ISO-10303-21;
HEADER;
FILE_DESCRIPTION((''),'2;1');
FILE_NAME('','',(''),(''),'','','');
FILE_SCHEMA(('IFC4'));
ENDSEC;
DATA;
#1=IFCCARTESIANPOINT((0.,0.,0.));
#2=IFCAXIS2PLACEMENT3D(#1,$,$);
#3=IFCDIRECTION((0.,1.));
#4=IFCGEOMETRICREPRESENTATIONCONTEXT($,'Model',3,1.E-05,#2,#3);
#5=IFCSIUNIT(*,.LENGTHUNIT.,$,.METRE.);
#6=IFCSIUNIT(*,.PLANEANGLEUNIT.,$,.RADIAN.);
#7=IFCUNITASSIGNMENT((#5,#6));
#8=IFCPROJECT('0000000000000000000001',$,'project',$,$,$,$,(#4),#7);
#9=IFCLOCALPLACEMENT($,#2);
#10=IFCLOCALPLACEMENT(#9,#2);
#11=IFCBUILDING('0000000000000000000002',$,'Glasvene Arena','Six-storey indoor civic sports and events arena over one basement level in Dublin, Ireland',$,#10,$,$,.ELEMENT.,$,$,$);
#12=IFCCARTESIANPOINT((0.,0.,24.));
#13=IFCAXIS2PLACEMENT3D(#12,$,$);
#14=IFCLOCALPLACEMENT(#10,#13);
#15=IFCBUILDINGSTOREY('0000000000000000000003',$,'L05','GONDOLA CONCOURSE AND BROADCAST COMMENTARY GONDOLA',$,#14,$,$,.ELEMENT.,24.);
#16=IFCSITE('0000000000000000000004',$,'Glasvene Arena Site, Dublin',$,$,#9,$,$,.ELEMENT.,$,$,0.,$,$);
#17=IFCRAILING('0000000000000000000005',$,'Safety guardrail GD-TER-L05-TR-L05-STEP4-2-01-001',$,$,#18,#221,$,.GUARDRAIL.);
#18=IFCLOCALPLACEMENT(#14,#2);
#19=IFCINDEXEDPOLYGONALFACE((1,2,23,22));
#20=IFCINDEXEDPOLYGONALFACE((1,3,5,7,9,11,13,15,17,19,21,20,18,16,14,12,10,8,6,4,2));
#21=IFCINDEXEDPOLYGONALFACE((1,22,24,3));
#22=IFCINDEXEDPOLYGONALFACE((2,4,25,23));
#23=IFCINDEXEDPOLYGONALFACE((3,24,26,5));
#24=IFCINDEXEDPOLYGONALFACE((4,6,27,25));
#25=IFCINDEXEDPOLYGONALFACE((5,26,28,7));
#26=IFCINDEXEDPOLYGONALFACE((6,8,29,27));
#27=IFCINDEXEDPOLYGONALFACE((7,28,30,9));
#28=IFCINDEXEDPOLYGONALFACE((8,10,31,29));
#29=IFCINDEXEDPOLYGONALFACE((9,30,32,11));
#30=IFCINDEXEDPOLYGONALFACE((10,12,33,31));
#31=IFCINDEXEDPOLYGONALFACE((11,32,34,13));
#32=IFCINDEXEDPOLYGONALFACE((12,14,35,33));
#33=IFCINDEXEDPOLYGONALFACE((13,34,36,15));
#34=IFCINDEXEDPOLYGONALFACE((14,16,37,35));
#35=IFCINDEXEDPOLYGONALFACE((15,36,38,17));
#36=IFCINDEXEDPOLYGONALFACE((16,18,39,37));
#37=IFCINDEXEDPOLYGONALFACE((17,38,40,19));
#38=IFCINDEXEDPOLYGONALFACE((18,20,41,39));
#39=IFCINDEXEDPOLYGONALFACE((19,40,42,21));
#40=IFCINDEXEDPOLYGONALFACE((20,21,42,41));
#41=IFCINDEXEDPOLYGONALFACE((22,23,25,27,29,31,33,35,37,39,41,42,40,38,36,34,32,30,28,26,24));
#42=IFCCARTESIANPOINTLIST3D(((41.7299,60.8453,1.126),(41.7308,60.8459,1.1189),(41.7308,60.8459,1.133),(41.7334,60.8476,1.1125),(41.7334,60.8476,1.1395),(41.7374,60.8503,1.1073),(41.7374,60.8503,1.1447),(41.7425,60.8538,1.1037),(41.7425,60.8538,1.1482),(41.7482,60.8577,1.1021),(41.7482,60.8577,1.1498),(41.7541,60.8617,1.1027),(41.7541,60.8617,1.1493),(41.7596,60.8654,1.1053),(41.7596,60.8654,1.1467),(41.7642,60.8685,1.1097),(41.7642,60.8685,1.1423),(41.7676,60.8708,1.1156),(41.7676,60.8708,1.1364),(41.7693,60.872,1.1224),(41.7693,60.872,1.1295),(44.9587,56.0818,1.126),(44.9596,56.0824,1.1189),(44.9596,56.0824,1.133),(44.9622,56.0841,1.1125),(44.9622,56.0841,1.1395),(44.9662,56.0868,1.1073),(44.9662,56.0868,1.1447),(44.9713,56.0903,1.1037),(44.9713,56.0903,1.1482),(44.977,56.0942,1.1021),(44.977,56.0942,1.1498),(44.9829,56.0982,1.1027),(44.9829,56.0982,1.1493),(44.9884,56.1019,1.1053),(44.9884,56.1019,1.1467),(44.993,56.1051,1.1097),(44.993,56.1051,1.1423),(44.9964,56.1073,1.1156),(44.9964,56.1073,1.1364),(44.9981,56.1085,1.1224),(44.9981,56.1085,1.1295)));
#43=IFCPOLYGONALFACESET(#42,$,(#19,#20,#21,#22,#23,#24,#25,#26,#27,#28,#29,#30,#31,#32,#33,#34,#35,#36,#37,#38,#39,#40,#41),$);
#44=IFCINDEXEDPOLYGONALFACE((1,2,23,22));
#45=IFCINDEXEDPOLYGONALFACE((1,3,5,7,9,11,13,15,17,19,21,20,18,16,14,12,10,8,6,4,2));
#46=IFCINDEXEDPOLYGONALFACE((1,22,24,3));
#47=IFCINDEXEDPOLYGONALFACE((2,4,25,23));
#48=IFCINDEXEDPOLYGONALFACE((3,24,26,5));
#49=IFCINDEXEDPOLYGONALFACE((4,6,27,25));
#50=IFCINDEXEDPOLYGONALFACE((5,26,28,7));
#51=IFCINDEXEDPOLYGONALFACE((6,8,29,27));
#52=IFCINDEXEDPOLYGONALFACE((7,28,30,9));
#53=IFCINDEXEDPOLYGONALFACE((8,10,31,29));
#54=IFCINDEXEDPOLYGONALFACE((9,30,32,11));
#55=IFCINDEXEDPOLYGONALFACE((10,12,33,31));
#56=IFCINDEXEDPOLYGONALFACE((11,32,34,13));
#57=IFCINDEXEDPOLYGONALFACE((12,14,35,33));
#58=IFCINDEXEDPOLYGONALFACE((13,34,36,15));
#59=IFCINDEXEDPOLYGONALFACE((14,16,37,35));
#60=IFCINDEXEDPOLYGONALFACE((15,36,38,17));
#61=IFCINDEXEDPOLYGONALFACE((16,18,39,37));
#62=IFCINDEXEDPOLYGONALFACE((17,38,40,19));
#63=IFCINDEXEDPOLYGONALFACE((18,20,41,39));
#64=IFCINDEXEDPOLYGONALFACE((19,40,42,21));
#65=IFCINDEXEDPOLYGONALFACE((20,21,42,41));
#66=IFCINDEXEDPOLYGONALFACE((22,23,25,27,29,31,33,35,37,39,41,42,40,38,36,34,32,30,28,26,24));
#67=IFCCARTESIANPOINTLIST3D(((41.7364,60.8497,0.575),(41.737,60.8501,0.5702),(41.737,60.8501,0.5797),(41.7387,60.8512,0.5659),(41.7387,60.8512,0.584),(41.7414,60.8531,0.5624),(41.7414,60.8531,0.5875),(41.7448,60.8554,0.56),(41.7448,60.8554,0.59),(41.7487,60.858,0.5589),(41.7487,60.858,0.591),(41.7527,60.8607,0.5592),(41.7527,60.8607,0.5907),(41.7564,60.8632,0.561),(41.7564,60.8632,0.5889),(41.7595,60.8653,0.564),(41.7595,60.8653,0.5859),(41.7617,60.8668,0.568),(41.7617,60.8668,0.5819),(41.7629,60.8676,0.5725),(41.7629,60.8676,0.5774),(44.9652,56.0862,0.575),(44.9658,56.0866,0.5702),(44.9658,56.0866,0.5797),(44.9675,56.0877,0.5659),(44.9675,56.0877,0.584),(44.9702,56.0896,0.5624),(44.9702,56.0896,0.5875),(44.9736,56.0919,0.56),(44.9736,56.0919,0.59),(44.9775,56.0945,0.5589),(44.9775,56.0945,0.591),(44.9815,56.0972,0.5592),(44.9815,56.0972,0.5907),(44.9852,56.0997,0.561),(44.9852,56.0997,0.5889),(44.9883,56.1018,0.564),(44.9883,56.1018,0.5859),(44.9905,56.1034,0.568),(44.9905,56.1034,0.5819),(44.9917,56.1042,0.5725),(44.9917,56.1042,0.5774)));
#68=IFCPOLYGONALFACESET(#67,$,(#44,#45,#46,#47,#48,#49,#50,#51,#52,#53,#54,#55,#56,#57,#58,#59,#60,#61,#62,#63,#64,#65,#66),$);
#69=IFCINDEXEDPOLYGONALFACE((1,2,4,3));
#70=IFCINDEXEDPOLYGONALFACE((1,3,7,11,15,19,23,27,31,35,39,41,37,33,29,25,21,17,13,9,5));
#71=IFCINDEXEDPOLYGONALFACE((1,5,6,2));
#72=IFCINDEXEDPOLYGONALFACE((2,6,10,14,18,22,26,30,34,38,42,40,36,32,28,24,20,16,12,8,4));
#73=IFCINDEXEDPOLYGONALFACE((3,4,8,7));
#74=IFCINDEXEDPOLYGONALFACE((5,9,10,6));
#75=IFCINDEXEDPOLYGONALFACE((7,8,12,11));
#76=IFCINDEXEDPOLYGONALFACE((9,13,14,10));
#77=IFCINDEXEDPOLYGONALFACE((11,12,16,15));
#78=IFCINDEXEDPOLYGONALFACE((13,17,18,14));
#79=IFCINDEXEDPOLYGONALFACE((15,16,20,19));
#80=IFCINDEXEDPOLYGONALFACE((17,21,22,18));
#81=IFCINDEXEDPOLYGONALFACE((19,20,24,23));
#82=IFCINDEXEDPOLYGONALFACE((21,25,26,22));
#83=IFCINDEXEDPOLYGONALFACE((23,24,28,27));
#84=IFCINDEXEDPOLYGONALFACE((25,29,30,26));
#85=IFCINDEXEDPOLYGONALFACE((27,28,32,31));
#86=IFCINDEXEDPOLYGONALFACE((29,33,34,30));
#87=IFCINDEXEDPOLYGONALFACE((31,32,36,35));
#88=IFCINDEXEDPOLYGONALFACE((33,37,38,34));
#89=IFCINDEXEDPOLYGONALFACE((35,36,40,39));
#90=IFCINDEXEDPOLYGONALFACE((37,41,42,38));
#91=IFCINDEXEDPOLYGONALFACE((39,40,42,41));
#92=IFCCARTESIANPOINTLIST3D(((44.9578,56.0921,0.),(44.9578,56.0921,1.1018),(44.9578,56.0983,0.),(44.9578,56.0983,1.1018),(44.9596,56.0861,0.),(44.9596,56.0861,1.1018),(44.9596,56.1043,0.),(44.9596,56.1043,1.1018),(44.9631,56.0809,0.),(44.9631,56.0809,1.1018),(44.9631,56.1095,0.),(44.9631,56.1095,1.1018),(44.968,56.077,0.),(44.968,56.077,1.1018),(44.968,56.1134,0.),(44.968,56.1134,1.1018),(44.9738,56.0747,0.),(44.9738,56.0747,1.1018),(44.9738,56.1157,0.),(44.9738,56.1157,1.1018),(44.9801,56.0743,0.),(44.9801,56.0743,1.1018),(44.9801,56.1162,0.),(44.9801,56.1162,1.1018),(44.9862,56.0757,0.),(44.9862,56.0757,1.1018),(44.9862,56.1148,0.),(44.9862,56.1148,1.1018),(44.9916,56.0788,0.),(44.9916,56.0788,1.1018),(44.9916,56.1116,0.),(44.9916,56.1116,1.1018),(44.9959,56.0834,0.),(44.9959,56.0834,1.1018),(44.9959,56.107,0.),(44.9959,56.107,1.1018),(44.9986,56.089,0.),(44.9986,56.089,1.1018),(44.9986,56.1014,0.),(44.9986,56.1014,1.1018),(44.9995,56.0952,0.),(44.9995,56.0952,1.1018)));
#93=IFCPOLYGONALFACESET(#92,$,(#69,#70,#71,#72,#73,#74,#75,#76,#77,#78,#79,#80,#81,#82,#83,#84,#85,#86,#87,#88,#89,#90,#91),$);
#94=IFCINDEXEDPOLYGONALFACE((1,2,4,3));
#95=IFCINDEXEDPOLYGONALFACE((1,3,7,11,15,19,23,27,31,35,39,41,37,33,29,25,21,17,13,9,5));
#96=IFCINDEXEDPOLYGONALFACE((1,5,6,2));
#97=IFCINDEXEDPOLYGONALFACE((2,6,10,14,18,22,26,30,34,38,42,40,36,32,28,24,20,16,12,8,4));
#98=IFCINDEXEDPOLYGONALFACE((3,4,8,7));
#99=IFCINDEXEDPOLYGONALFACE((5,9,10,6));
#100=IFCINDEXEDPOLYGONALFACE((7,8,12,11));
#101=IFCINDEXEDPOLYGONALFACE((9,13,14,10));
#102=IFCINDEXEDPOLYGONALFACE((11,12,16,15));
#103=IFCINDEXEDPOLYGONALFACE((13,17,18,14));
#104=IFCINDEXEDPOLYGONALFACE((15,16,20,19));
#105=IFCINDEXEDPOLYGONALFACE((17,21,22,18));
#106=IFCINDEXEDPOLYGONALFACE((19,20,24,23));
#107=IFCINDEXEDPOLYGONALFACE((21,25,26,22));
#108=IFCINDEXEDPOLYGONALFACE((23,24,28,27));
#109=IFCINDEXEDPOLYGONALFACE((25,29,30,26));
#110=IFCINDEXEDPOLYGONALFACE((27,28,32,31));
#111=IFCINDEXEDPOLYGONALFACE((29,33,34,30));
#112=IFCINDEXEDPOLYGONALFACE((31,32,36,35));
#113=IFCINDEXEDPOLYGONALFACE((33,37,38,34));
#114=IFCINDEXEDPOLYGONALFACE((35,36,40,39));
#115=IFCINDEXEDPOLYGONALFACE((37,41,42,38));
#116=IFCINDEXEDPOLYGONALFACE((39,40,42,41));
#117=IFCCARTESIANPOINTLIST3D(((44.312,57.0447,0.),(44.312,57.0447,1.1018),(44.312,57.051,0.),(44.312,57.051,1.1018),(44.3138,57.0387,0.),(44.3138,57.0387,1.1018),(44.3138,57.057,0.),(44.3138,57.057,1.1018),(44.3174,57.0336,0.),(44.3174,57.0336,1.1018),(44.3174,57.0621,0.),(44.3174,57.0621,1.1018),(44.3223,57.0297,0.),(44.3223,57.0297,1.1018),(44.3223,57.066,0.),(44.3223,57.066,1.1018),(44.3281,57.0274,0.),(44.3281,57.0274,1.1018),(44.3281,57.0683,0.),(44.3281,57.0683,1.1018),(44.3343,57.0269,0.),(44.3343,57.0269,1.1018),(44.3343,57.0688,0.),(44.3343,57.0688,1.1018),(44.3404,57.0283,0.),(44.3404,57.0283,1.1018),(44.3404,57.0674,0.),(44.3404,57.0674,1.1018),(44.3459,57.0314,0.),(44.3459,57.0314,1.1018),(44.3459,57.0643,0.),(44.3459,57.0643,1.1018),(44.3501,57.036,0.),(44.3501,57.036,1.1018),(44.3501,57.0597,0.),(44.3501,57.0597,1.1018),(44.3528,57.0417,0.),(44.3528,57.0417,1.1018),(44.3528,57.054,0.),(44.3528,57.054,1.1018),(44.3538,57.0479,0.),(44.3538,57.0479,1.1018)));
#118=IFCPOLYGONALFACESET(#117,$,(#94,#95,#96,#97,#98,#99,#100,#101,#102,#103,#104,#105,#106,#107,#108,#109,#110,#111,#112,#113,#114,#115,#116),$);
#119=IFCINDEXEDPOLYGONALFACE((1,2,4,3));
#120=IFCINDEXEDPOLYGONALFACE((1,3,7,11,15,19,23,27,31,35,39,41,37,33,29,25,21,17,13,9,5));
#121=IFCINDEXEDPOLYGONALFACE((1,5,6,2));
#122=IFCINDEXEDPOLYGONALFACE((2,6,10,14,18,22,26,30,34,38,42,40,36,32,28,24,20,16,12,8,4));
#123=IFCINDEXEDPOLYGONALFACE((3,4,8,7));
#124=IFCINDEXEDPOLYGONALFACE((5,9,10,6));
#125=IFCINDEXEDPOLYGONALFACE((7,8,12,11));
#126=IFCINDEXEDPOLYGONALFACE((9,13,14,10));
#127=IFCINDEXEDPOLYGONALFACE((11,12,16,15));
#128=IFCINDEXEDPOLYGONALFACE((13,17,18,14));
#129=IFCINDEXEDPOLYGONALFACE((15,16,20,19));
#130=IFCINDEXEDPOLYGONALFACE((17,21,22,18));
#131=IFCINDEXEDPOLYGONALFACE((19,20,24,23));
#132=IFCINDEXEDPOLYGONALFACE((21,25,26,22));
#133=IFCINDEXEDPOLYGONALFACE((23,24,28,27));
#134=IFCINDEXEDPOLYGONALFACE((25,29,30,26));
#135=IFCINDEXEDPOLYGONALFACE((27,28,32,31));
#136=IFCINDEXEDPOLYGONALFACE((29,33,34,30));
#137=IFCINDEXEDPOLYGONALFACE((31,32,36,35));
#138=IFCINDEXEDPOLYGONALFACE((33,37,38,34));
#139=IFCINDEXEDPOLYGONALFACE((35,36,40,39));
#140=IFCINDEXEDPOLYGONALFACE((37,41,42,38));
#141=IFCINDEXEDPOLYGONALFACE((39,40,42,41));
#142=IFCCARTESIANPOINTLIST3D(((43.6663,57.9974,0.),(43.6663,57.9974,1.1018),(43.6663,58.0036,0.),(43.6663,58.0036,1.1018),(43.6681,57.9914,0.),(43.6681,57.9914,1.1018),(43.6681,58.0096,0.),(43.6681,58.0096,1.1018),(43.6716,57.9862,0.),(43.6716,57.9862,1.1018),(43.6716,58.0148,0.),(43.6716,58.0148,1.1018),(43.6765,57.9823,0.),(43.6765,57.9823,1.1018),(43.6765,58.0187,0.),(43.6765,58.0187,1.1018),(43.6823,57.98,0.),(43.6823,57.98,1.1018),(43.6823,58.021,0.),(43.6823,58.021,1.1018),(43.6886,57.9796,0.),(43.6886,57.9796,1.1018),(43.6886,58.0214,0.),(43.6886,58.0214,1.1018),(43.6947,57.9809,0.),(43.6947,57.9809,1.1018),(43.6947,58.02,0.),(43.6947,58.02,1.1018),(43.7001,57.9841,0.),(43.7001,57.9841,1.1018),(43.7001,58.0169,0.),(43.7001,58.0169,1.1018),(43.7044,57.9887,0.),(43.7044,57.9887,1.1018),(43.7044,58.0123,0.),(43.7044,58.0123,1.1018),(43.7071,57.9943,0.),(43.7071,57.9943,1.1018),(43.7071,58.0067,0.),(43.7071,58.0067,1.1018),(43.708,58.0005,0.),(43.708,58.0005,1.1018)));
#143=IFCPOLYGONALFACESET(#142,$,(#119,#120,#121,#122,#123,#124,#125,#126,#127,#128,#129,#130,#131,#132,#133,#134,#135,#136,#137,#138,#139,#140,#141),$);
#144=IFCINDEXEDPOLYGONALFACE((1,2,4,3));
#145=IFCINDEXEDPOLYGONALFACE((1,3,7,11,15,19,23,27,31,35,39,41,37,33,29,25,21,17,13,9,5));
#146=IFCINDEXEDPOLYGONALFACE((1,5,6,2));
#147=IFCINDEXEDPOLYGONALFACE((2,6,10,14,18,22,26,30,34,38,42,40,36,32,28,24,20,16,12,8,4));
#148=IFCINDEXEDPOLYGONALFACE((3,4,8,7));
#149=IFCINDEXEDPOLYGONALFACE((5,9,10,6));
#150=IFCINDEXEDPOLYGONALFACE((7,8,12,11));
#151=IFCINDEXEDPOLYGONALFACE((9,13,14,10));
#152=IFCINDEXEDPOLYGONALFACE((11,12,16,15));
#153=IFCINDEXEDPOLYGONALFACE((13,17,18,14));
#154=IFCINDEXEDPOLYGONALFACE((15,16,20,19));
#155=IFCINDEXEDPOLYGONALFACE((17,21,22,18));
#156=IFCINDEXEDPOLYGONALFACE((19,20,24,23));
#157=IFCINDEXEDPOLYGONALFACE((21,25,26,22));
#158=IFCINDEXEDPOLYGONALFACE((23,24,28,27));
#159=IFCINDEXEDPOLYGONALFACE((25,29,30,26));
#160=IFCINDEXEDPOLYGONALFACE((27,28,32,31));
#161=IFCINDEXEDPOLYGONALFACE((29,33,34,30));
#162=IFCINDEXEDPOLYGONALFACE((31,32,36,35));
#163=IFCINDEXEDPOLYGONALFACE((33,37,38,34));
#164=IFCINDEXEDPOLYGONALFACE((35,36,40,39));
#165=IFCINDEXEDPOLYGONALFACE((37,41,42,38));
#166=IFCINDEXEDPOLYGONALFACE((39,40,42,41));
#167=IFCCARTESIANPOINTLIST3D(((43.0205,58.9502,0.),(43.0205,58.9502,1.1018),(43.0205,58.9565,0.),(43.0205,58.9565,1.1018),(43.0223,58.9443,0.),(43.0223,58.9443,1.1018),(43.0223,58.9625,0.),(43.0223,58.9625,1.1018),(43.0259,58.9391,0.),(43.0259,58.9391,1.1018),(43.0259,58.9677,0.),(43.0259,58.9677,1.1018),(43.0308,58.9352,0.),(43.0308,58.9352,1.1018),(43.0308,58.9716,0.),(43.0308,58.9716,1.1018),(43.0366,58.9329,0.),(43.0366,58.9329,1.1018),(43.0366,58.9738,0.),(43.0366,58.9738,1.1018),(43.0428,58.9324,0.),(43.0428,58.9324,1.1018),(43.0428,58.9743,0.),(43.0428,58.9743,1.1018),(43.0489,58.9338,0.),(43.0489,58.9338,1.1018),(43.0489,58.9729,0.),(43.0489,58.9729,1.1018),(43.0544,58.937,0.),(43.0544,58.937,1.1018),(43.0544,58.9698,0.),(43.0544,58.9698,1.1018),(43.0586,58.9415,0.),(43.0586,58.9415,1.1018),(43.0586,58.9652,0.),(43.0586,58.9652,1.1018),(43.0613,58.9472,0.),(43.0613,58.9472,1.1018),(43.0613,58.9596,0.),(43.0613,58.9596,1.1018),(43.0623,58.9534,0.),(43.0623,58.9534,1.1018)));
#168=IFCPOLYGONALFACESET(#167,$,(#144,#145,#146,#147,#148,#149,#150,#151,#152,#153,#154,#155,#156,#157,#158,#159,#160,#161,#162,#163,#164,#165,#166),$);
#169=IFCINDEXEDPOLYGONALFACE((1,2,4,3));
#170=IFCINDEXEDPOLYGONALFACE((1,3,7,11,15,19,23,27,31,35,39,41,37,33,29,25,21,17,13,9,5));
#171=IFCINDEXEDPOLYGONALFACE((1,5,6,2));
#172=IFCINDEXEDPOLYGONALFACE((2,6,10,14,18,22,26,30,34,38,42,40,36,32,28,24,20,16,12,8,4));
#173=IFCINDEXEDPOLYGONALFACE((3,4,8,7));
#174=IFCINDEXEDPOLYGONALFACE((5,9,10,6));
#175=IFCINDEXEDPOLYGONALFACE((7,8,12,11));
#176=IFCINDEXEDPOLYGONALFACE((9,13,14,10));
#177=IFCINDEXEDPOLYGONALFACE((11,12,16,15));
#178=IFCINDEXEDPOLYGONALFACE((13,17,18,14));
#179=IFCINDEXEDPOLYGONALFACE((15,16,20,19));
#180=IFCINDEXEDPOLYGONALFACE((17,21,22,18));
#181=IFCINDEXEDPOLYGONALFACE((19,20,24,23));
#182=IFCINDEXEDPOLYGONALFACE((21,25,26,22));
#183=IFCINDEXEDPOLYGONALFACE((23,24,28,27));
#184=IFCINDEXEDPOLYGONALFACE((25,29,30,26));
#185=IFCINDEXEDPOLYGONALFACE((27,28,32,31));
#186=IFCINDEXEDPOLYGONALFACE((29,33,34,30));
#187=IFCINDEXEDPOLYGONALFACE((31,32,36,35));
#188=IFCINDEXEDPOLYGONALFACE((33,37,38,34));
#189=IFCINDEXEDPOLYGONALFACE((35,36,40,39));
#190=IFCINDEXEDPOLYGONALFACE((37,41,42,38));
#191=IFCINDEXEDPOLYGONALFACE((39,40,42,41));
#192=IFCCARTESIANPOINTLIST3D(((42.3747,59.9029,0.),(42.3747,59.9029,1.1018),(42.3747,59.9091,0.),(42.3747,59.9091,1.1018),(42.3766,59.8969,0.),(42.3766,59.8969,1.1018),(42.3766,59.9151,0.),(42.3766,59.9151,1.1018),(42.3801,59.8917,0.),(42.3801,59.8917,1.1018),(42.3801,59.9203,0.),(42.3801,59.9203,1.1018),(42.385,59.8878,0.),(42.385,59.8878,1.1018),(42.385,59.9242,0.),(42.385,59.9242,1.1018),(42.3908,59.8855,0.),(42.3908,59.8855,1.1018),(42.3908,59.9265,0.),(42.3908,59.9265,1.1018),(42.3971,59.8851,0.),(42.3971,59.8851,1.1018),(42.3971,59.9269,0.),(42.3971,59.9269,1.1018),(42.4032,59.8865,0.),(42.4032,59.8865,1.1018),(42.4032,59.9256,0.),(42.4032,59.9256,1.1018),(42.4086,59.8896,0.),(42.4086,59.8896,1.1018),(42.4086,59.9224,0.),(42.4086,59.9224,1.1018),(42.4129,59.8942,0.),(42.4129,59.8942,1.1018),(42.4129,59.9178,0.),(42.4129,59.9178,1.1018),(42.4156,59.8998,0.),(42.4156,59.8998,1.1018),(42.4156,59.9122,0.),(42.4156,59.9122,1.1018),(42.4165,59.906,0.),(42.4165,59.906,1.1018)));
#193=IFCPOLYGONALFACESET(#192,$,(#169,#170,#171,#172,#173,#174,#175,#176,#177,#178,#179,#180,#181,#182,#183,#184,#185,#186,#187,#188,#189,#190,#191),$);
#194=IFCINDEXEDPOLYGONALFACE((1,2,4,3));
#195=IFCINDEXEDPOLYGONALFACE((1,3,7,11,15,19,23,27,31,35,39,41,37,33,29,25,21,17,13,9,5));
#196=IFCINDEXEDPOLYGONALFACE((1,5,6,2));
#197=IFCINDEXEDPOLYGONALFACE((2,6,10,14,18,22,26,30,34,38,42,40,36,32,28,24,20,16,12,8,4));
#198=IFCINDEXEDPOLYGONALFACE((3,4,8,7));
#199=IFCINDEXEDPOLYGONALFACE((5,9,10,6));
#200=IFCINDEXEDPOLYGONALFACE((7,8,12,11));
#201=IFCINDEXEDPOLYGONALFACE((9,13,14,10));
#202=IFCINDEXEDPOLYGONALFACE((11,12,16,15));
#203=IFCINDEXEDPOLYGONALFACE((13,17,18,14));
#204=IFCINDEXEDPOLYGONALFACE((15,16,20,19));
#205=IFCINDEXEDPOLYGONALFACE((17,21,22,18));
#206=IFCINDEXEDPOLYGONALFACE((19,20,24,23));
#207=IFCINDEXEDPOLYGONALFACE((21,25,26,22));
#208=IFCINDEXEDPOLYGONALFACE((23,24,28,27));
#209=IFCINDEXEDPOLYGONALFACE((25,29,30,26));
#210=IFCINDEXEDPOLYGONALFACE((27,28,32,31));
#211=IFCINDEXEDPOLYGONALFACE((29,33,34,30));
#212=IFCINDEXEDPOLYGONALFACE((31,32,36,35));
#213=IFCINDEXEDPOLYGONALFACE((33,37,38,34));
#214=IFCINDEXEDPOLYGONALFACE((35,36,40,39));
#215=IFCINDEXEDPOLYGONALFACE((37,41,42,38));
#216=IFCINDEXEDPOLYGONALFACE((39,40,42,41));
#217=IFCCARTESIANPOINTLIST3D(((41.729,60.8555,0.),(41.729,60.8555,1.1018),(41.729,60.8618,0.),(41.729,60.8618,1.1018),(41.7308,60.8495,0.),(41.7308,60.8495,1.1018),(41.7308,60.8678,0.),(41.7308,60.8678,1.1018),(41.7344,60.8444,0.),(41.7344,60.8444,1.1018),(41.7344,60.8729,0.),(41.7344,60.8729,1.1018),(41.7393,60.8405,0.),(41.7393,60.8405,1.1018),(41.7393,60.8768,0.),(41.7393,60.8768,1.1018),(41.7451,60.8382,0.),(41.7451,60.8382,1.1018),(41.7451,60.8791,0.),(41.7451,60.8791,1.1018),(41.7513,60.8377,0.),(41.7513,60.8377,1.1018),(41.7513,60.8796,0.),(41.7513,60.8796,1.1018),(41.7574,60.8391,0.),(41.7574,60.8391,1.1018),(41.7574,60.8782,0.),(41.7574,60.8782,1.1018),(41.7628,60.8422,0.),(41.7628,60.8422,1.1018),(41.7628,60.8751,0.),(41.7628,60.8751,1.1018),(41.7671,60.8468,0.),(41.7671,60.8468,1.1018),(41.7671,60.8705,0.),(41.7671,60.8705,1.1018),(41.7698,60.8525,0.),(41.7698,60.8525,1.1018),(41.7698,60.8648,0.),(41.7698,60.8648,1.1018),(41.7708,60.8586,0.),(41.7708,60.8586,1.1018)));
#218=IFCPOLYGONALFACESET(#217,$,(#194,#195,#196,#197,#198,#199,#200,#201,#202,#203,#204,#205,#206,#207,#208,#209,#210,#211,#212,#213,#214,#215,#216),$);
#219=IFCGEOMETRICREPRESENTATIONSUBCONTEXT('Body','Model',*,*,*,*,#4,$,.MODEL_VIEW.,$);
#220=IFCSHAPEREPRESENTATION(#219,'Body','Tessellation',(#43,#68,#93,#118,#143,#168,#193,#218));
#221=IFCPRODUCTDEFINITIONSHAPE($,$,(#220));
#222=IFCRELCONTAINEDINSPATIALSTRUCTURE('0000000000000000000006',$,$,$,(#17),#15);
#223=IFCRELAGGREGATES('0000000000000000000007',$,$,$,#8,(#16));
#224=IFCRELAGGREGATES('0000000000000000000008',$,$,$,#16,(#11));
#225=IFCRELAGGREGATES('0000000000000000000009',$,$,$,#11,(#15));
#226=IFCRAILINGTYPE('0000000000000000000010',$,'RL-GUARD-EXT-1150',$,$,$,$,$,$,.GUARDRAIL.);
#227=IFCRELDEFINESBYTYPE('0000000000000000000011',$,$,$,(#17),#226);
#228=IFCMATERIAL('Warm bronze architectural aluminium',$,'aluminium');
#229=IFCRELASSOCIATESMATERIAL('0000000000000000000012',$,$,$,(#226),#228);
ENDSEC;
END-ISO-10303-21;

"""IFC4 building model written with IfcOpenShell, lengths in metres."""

from ifc_helpers import new_model, si_unit, direction, frame, origin, origin_2d, place, context, subcontext, project, spatial, circle, extrude, material, type_object, element, save


model = new_model("IFC4")

# Units and contexts
model_context = context("Model", 3, precision=1e-05, world=origin(), true_north=direction((0.0, 1.0)))
body_context = subcontext(model_context, "Body", "Model", "MODEL_VIEW")
ifc_project = project(units=[si_unit("LENGTHUNIT", "METRE"), si_unit("PLANEANGLEUNIT", "RADIAN")], contexts=[model_context])

# Site, building, storey
site_placement = place(None, origin())
site = spatial("IfcSite", under=ifc_project, at=site_placement, Name="Glasvene Arena Site, Dublin", CompositionType="ELEMENT", RefElevation=0.0)
building_placement = place(site_placement, origin())
building = spatial("IfcBuilding", under=site, at=building_placement, Name="Glasvene Arena", Description="Six-storey indoor civic sports and events arena over one basement level in Dublin, Ireland", CompositionType="ELEMENT")
storey_placement = place(building_placement, frame((0.0, 0.0, 24.0)))
storey = spatial("IfcBuildingStorey", under=building, at=storey_placement, Name="L05", Description="GONDOLA CONCOURSE AND BROADCAST COMMENTARY GONDOLA", CompositionType="ELEMENT", Elevation=24.0)

# Railing
ifc_material_1 = material(Name="Warm bronze architectural aluminium", Category="aluminium")
railing_type_1 = type_object("IfcRailingType", Name="RL-GUARD-EXT-1150", PredefinedType="GUARDRAIL", material=ifc_material_1)
railing_1_placement = place(storey_placement, frame((44.9785, 56.0952, 0.0)))
element("IfcRailing", 1, at=railing_1_placement, inside=storey, type_object=railing_type_1, Name="Safety guardrail GD-TER-L05-TR-L05-STEP4-2-01-001", PredefinedType="GUARDRAIL", context=body_context, shape_type="SweptSolid", body=[
    extrude(circle(Radius=0.0239, at=origin_2d()), frame((0.0, 0.0, 1.126), z_axis=(-0.561077, 0.827764, 0.0), x_axis=(-0.827764, -0.561077, 0.0)), (0.0, 0.0, 1.0), 5.7546),
    extrude(circle(Radius=0.0161, at=origin_2d()), frame((0.0, 0.0, 0.575), z_axis=(-0.561077, 0.827764, 0.0), x_axis=(-0.827764, -0.561077, 0.0)), (0.0, 0.0, 1.0), 5.7546),
    extrude(circle(Radius=0.021, at=origin_2d()), origin(), (0.0, 0.0, 1.0), 1.1018),
    extrude(circle(Radius=0.021, at=origin_2d()), frame((-0.6458, 0.9526, 0.0)), (0.0, 0.0, 1.0), 1.1018),
    extrude(circle(Radius=0.021, at=origin_2d()), frame((-1.2915, 1.9053, 0.0)), (0.0, 0.0, 1.0), 1.1018),
    extrude(circle(Radius=0.021, at=origin_2d()), frame((-1.9373, 2.8582, 0.0)), (0.0, 0.0, 1.0), 1.1018),
    extrude(circle(Radius=0.021, at=origin_2d()), frame((-2.583, 3.8108, 0.0)), (0.0, 0.0, 1.0), 1.1018),
    extrude(circle(Radius=0.021, at=origin_2d()), frame((-3.2288, 4.7634, 0.0)), (0.0, 0.0, 1.0), 1.1018),
])

save(model, "model.ifc")
